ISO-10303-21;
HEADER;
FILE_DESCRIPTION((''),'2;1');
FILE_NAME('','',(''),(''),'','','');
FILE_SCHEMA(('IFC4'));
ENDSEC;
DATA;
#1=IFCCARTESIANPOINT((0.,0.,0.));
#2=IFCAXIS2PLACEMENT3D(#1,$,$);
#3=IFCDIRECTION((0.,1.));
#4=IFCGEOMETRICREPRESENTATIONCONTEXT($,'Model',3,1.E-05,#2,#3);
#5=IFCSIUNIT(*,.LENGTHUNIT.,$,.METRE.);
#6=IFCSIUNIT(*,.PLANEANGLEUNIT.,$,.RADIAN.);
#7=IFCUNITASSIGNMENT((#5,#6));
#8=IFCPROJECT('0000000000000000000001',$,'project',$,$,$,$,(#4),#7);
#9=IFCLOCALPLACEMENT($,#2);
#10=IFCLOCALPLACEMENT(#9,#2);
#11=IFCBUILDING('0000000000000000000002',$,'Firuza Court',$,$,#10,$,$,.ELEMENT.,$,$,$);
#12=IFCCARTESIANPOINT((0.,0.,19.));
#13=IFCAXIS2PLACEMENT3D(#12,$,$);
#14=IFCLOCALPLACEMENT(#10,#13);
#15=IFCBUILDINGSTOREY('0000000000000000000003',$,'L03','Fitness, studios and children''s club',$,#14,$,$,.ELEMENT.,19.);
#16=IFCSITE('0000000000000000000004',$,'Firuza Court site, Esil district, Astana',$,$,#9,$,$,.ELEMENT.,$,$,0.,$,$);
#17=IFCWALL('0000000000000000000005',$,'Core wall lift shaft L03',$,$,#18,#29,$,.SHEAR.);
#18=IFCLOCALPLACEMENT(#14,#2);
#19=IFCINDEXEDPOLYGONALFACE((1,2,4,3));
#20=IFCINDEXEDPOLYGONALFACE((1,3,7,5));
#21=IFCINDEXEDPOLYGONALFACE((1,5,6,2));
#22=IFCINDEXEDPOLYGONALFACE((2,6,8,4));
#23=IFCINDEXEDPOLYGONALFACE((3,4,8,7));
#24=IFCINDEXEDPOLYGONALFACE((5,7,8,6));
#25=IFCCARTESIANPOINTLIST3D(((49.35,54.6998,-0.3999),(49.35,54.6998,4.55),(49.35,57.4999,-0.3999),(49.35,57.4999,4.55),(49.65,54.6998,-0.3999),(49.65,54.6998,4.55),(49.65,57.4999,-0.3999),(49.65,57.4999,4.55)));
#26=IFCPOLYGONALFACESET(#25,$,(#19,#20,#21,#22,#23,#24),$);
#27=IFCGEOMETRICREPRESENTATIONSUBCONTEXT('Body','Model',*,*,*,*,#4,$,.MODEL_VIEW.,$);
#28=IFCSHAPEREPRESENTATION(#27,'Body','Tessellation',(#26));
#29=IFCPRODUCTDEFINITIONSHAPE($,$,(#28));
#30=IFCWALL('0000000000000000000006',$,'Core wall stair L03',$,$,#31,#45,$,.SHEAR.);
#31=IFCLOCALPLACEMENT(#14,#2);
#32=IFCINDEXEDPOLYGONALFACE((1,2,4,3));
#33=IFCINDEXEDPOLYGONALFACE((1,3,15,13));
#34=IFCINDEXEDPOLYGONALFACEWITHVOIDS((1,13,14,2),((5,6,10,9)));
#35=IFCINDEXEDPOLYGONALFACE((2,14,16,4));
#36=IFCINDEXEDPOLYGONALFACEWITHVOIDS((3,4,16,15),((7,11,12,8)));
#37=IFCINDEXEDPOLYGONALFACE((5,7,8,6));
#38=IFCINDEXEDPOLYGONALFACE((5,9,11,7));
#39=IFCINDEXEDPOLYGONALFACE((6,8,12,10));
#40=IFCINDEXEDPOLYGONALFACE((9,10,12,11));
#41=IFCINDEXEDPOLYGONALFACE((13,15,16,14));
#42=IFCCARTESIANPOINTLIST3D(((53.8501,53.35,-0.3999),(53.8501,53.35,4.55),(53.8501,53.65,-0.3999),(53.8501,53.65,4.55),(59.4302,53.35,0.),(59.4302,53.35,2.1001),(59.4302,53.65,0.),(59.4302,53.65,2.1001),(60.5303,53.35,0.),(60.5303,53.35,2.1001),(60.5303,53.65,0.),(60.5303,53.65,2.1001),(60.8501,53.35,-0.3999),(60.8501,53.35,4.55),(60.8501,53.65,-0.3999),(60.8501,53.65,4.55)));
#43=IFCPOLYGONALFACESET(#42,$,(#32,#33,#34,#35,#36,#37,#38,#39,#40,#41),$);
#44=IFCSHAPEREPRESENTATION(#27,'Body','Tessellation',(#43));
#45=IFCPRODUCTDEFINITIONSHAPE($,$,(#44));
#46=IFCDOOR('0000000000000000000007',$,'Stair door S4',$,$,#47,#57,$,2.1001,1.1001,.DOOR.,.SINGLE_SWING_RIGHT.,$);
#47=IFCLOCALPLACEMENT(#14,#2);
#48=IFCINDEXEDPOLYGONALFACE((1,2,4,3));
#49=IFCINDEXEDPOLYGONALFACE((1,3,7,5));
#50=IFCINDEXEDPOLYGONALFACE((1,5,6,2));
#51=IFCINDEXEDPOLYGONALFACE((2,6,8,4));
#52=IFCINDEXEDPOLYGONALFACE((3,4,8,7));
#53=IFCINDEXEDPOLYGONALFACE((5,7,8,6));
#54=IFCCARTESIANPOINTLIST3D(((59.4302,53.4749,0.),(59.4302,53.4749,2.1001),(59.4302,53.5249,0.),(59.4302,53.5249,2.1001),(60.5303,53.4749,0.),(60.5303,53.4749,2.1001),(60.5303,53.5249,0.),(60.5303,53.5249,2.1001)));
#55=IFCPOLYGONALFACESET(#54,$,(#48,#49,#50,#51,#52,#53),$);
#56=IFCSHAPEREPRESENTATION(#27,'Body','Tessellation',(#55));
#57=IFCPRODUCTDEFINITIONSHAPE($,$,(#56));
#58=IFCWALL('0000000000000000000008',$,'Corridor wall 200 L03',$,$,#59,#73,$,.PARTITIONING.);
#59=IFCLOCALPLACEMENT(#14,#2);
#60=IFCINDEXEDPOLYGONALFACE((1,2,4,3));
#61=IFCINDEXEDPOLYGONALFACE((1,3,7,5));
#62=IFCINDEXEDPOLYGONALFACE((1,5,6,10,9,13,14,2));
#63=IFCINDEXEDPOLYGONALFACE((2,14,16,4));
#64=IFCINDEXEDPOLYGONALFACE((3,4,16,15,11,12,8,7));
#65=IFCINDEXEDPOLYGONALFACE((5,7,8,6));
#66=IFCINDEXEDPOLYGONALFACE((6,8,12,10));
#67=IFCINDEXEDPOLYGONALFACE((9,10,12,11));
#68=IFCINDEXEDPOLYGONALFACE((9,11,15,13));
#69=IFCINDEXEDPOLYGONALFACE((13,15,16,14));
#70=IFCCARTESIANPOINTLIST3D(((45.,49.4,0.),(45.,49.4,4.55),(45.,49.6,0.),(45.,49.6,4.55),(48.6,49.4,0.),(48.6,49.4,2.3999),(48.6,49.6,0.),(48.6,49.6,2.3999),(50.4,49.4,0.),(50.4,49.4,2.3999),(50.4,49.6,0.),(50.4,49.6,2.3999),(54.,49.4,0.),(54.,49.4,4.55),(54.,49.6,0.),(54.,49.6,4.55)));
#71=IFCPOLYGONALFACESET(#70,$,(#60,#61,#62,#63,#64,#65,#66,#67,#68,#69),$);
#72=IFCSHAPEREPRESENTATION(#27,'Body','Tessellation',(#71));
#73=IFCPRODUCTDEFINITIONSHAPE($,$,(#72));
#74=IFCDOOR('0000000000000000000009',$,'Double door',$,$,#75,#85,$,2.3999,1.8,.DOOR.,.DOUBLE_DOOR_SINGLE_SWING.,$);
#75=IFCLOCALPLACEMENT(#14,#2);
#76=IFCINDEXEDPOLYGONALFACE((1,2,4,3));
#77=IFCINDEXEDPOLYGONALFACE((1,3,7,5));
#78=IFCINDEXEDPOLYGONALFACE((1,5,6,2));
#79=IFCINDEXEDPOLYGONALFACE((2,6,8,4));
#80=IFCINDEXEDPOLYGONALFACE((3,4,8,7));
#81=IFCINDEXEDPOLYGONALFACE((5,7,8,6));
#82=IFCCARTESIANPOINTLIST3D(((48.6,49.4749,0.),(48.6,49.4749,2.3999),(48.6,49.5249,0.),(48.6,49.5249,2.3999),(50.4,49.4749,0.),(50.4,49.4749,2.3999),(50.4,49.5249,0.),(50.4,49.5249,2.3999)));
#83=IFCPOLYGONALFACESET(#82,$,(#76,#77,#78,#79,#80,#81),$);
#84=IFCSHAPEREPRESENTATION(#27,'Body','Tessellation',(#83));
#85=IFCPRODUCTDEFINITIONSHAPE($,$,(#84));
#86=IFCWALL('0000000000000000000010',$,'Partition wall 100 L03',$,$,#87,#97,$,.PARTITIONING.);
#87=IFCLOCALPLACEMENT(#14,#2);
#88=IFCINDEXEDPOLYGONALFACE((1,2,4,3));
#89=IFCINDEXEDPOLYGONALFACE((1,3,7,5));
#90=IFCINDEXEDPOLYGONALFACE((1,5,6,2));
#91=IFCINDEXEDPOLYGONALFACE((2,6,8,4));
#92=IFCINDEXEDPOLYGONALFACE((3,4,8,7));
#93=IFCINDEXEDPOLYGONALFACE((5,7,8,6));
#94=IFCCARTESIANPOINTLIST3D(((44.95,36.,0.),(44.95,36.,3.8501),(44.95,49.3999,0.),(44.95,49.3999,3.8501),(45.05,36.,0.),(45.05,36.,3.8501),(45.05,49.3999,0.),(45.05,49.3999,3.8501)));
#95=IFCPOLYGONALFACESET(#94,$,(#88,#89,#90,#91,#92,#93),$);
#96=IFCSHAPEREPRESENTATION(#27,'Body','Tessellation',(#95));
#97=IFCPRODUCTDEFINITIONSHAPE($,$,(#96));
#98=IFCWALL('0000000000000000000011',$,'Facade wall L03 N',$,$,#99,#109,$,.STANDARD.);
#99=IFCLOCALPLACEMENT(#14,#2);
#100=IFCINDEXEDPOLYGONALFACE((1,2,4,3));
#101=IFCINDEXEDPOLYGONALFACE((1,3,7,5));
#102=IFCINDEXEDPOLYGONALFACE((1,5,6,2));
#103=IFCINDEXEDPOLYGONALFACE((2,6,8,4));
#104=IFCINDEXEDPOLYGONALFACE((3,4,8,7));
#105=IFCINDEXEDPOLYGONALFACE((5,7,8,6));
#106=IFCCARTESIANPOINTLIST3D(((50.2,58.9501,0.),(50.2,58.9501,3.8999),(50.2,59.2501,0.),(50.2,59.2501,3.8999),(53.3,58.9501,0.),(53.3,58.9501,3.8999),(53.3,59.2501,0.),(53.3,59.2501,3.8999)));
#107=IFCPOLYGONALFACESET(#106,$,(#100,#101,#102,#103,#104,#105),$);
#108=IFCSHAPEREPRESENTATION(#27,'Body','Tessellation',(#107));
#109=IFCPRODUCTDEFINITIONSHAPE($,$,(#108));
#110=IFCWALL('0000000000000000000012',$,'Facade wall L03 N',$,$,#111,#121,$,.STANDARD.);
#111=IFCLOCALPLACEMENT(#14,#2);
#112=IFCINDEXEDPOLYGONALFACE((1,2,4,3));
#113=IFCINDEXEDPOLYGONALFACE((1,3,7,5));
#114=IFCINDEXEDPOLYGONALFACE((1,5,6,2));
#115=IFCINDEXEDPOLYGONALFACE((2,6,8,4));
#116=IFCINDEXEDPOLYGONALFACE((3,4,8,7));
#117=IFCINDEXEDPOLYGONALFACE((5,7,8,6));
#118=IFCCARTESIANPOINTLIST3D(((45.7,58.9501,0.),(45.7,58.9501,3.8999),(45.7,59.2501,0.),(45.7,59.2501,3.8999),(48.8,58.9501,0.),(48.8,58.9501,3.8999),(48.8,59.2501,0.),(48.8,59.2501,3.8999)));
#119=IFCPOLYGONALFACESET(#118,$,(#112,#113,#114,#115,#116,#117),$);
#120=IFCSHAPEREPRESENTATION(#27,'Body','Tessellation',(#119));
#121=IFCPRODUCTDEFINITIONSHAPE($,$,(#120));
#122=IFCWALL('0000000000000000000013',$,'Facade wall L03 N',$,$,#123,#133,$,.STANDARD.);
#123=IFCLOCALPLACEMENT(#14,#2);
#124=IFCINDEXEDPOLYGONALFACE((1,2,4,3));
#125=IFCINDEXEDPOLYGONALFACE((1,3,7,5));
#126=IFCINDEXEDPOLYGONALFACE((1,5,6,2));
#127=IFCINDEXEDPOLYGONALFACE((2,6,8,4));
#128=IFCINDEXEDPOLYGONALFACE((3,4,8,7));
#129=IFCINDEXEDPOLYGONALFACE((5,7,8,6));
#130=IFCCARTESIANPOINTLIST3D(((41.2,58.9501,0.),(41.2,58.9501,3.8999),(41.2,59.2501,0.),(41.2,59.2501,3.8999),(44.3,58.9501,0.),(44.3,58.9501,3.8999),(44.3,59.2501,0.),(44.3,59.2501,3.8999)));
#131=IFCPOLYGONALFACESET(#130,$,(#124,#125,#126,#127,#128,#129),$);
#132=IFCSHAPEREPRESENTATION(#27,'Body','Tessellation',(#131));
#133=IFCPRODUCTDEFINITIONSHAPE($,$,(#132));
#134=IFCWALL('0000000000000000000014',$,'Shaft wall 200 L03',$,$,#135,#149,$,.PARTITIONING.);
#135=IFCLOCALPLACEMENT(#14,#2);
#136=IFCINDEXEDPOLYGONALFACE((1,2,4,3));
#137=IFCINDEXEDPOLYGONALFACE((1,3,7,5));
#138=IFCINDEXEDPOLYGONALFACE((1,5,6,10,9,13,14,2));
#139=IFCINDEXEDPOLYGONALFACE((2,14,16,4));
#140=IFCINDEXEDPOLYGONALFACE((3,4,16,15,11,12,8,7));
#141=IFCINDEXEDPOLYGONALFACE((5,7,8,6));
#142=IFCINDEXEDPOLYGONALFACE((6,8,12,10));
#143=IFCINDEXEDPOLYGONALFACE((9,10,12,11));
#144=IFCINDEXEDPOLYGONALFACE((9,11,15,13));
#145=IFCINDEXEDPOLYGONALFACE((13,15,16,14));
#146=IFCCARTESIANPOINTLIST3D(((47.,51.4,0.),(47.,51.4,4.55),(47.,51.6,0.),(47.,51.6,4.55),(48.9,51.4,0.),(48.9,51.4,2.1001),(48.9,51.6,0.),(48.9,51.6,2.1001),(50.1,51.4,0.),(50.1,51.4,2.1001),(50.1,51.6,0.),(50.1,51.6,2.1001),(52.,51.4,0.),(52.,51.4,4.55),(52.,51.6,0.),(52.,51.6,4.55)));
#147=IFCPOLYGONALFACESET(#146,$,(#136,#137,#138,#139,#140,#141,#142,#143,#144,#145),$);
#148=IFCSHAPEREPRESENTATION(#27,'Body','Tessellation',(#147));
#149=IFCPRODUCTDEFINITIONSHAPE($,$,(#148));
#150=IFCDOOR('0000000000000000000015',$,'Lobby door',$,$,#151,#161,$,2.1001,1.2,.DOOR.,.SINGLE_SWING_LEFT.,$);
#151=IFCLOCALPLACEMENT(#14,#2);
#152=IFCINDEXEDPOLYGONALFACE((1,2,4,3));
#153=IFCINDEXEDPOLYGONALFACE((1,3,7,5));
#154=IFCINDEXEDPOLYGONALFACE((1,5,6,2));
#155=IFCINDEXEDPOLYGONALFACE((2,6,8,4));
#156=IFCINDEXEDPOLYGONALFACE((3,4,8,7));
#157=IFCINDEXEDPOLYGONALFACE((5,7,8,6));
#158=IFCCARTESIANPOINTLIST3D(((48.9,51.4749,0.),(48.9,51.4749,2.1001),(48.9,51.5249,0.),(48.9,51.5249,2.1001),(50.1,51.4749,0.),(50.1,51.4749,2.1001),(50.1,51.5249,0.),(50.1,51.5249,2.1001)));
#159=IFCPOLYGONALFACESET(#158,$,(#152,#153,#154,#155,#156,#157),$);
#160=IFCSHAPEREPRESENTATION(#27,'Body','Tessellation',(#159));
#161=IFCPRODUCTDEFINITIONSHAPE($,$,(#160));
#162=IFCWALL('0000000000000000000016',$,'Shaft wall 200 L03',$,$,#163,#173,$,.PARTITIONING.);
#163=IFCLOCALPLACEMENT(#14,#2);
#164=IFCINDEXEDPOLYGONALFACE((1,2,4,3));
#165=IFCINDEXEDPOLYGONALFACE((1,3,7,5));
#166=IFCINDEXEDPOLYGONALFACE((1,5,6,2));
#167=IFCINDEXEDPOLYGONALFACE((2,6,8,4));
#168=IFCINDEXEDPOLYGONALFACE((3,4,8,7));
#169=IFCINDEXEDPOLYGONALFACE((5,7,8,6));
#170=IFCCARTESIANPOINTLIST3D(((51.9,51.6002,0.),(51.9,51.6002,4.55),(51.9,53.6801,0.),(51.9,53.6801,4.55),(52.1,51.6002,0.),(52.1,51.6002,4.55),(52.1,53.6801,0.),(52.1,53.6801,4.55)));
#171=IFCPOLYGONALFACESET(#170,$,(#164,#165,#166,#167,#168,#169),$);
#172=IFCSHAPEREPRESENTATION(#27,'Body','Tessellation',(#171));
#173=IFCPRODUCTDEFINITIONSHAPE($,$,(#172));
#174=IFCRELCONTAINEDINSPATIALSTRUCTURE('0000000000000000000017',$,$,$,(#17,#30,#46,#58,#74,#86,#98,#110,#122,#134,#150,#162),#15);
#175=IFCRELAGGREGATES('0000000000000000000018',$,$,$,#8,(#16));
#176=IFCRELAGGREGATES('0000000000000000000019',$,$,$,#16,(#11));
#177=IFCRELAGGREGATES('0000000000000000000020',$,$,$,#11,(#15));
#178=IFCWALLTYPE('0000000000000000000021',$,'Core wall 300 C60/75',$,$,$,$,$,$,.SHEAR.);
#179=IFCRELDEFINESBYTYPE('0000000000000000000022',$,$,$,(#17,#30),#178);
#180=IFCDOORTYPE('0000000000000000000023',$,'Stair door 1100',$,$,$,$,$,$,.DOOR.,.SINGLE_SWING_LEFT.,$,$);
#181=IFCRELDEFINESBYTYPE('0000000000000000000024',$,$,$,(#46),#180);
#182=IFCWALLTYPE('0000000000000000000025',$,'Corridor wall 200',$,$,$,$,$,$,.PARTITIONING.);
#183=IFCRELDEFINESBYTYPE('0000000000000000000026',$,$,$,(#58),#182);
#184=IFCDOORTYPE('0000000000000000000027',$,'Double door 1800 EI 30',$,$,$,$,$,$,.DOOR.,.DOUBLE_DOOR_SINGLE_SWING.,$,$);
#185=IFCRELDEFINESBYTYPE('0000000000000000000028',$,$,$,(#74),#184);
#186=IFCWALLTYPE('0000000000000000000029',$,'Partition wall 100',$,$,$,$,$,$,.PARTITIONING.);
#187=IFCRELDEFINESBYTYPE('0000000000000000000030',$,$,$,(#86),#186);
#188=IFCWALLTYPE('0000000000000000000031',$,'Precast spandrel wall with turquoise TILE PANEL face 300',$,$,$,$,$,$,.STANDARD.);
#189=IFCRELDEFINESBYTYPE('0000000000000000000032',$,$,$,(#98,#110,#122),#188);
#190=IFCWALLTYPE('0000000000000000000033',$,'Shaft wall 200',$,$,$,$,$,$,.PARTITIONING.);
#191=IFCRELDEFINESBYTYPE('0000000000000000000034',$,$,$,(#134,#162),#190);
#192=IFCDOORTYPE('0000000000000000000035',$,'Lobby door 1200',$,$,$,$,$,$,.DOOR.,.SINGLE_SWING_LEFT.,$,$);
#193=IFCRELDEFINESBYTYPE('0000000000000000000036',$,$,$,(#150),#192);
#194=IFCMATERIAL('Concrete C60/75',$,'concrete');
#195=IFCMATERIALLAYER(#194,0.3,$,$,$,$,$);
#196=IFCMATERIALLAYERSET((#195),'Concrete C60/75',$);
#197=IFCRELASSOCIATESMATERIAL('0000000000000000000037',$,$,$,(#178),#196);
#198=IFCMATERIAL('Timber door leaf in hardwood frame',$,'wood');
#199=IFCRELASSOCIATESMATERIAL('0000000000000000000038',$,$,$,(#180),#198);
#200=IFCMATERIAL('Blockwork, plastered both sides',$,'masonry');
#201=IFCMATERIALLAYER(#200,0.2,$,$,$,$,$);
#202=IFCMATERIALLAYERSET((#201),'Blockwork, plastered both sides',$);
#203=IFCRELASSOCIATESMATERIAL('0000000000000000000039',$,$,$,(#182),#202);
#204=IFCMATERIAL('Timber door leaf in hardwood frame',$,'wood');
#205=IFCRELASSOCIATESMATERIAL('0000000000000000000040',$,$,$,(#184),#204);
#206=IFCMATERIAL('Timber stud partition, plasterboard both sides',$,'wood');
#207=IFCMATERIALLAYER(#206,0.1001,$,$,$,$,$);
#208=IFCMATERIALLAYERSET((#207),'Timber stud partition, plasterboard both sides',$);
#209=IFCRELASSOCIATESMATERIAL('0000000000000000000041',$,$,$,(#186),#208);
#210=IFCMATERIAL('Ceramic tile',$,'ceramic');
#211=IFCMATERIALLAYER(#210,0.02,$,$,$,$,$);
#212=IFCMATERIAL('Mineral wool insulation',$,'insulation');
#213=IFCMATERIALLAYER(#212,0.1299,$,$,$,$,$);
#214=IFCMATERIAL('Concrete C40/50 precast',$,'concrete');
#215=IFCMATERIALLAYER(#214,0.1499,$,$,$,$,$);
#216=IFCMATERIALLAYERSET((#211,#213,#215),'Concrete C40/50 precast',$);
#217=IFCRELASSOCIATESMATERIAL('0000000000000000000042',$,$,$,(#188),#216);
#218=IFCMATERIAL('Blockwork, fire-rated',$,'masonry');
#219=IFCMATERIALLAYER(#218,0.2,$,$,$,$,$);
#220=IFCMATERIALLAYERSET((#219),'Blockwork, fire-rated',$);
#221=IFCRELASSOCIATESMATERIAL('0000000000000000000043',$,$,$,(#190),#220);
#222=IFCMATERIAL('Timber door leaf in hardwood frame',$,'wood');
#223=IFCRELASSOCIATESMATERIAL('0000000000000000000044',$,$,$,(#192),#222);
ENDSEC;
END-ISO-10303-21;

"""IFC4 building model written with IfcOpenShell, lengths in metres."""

from ifc_helpers import new_model, si_unit, direction, frame, frame_2d, origin, place, context, subcontext, project, spatial, rectangle, extrude, material, layer, layer_set, type_object, element, fill, save


model = new_model("IFC4")

# Units and contexts
model_context = context("Model", 3, precision=1e-05, world=origin(), true_north=direction((0.0, 1.0)))
body_context = subcontext(model_context, "Body", "Model", "MODEL_VIEW")
ifc_project = project(units=[si_unit("LENGTHUNIT", "METRE"), si_unit("PLANEANGLEUNIT", "RADIAN")], contexts=[model_context])

# Site, building, storey
site_placement = place(None, origin())
site = spatial("IfcSite", under=ifc_project, at=site_placement, Name="Firuza Court site, Esil district, Astana", CompositionType="ELEMENT", RefElevation=0.0)
building_placement = place(site_placement, origin())
building = spatial("IfcBuilding", under=site, at=building_placement, Name="Firuza Court", CompositionType="ELEMENT")
storey_placement = place(building_placement, frame((0.0, 0.0, 19.0)))
storey = spatial("IfcBuildingStorey", under=building, at=storey_placement, Name="L03", Description="Fitness, studios and children's club", CompositionType="ELEMENT", Elevation=19.0)

# Shared definitions
ifc_material_1 = material(Name="Concrete C60/75", Category="concrete")
ifc_layer_1 = layer(ifc_material_1, 0.3)
ifc_layer_set_1 = layer_set([ifc_layer_1], Name="Concrete C60/75")
wall_type_1 = type_object("IfcWallType", Name="Core wall 300 C60/75", PredefinedType="SHEAR", material=ifc_layer_set_1)

# Wall
wall_1_placement = place(storey_placement, frame((49.5, 54.7, -0.3999), z_axis=(0.0, 0.0, 1.0), x_axis=(0.0, 1.0, 0.0)))
element("IfcWall", 1, at=wall_1_placement, inside=storey, type_object=wall_type_1, Name="Core wall lift shaft L03", PredefinedType="SHEAR", context=body_context, shape_type="SweptSolid", body=[
    extrude(rectangle(XDim=2.8, YDim=0.3, at=frame_2d((1.3999, 0.0))), origin(), (0.0, 0.0, 1.0), 4.95),
])

# Walls, openings, doors
wall_2_placement = place(storey_placement, frame((53.8501, 53.5, -0.3999), z_axis=(0.0, 0.0, 1.0), x_axis=(1.0, 0.0, 0.0)))
wall_2 = element("IfcWall", 2, at=wall_2_placement, inside=storey, type_object=wall_type_1, Name="Core wall stair L03", PredefinedType="SHEAR", context=body_context, shape_type="SweptSolid", body=[
    extrude(rectangle(XDim=7.0, YDim=0.3, at=frame_2d((3.5, 0.0))), origin(), (0.0, 0.0, 1.0), 4.95),
])
opening_1_placement = place(wall_2_placement, frame((5.5801, 0.0, 0.3999)))
opening_1 = element("IfcOpeningElement", 3, at=opening_1_placement, cuts=wall_2, PredefinedType="OPENING", context=body_context, shape_type="SweptSolid", body=[
    extrude(rectangle(XDim=1.1001, YDim=2.1001, at=frame_2d((0.55, 1.05))), frame((0.0, 0.1621, 0.0), z_axis=(0.0, -1.0, 0.0), x_axis=(1.0, 0.0, 0.0)), (0.0, 0.0, 1.0), 0.324),
])
ifc_material_2 = material(Name="Timber door leaf in hardwood frame", Category="wood")
door_type_1 = type_object("IfcDoorType", Name="Stair door 1100", OperationType="SINGLE_SWING_LEFT", PredefinedType="DOOR", material=ifc_material_2)
door_1_placement = place(opening_1_placement, origin())
door_1 = element("IfcDoor", 4, at=door_1_placement, inside=storey, type_object=door_type_1, Name="Stair door S4", OperationType="SINGLE_SWING_RIGHT", OverallHeight=2.1001, OverallWidth=1.1001, PredefinedType="DOOR", context=body_context, shape_type="SweptSolid", body=[
    extrude(rectangle(XDim=1.1001, YDim=2.1001, at=frame_2d((0.55, 1.05))), frame((0.0, 0.0249, 0.0), z_axis=(0.0, -1.0, 0.0), x_axis=(1.0, 0.0, 0.0)), (0.0, 0.0, 1.0), 0.05),
])
fill(opening_1, door_1)
ifc_material_3 = material(Name="Blockwork, plastered both sides", Category="masonry")
ifc_layer_2 = layer(ifc_material_3, 0.2)
ifc_layer_set_2 = layer_set([ifc_layer_2], Name="Blockwork, plastered both sides")
wall_type_2 = type_object("IfcWallType", Name="Corridor wall 200", PredefinedType="PARTITIONING", material=ifc_layer_set_2)
wall_3_placement = place(storey_placement, frame((45.0, 49.5, 0.0), z_axis=(0.0, 0.0, 1.0), x_axis=(1.0, 0.0, 0.0)))
wall_3 = element("IfcWall", 5, at=wall_3_placement, inside=storey, type_object=wall_type_2, Name="Corridor wall 200 L03", PredefinedType="PARTITIONING", context=body_context, shape_type="SweptSolid", body=[
    extrude(rectangle(XDim=9.0, YDim=0.2, at=frame_2d((4.5, 0.0))), origin(), (0.0, 0.0, 1.0), 4.55),
])
opening_2_placement = place(wall_3_placement, frame((3.6001, 0.0, 0.0)))
opening_2 = element("IfcOpeningElement", 6, at=opening_2_placement, cuts=wall_3, PredefinedType="OPENING", context=body_context, shape_type="SweptSolid", body=[
    extrude(rectangle(XDim=1.8, YDim=2.3999, at=frame_2d((0.8999, 1.2))), frame((0.0, 0.1118, 0.0), z_axis=(0.0, -1.0, 0.0), x_axis=(1.0, 0.0, 0.0)), (0.0, 0.0, 1.0), 0.2239),
])
ifc_material_4 = material(Name="Timber door leaf in hardwood frame", Category="wood")
door_type_2 = type_object("IfcDoorType", Name="Double door 1800 EI 30", OperationType="DOUBLE_DOOR_SINGLE_SWING", PredefinedType="DOOR", material=ifc_material_4)
door_2_placement = place(opening_2_placement, origin())
door_2 = element("IfcDoor", 7, at=door_2_placement, inside=storey, type_object=door_type_2, Name="Double door", OperationType="DOUBLE_DOOR_SINGLE_SWING", OverallHeight=2.3999, OverallWidth=1.8, PredefinedType="DOOR", context=body_context, shape_type="SweptSolid", body=[
    extrude(rectangle(XDim=1.8, YDim=2.3999, at=frame_2d((0.8999, 1.2))), frame((0.0, 0.0249, 0.0), z_axis=(0.0, -1.0, 0.0), x_axis=(1.0, 0.0, 0.0)), (0.0, 0.0, 1.0), 0.05),
])
fill(opening_2, door_2)

# Walls
ifc_material_5 = material(Name="Timber stud partition, plasterboard both sides", Category="wood")
ifc_layer_3 = layer(ifc_material_5, 0.1001)
ifc_layer_set_3 = layer_set([ifc_layer_3], Name="Timber stud partition, plasterboard both sides")
wall_type_3 = type_object("IfcWallType", Name="Partition wall 100", PredefinedType="PARTITIONING", material=ifc_layer_set_3)
wall_4_placement = place(storey_placement, frame((45.0, 49.3999, 0.0), z_axis=(0.0, 0.0, 1.0), x_axis=(0.0, -1.0, 0.0)))
element("IfcWall", 8, at=wall_4_placement, inside=storey, type_object=wall_type_3, Name="Partition wall 100 L03", PredefinedType="PARTITIONING", context=body_context, shape_type="SweptSolid", body=[
    extrude(rectangle(XDim=13.3999, YDim=0.1001, at=frame_2d((6.7, 0.0))), origin(), (0.0, 0.0, 1.0), 3.8501),
])
ifc_material_6 = material(Name="Ceramic tile", Category="ceramic")
ifc_layer_4 = layer(ifc_material_6, 0.02)
ifc_material_7 = material(Name="Mineral wool insulation", Category="insulation")
ifc_layer_5 = layer(ifc_material_7, 0.1299)
ifc_material_8 = material(Name="Concrete C40/50 precast", Category="concrete")
ifc_layer_6 = layer(ifc_material_8, 0.1499)
ifc_layer_set_4 = layer_set([ifc_layer_4, ifc_layer_5, ifc_layer_6], Name="Concrete C40/50 precast")
wall_type_4 = type_object("IfcWallType", Name="Precast spandrel wall with turquoise TILE PANEL face 300", PredefinedType="STANDARD", material=ifc_layer_set_4)
for number, where, z_axis, x_axis, name in (
    (9, (53.3, 59.1001, 0.0), (0.0, 0.0, 1.0), (-1.0, 0.0, 0.0), "Facade wall L03 N"),
    (10, (48.8, 59.1001, 0.0), (0.0, 0.0, 1.0), (-1.0, 0.0, 0.0), "Facade wall L03 N"),
    (11, (44.3, 59.1001, 0.0), (0.0, 0.0, 1.0), (-1.0, 0.0, 0.0), "Facade wall L03 N"),
):
    element("IfcWall", number, at=place(storey_placement, frame(where, z_axis=z_axis, x_axis=x_axis)), inside=storey, type_object=wall_type_4, Name=name, PredefinedType="STANDARD", context=body_context, shape_type="SweptSolid", body=[
        extrude(rectangle(XDim=3.1001, YDim=0.3, at=frame_2d((1.55, 0.0))), origin(), (0.0, 0.0, 1.0), 3.8999),
    ])

# Wall, opening, door
ifc_material_9 = material(Name="Blockwork, fire-rated", Category="masonry")
ifc_layer_7 = layer(ifc_material_9, 0.2)
ifc_layer_set_5 = layer_set([ifc_layer_7], Name="Blockwork, fire-rated")
wall_type_5 = type_object("IfcWallType", Name="Shaft wall 200", PredefinedType="PARTITIONING", material=ifc_layer_set_5)
wall_5_placement = place(storey_placement, frame((47.0, 51.5, 0.0), z_axis=(0.0, 0.0, 1.0), x_axis=(1.0, 0.0, 0.0)))
wall_5 = element("IfcWall", 12, at=wall_5_placement, inside=storey, type_object=wall_type_5, Name="Shaft wall 200 L03", PredefinedType="PARTITIONING", context=body_context, shape_type="SweptSolid", body=[
    extrude(rectangle(XDim=5.0, YDim=0.2, at=frame_2d((2.5, 0.0))), origin(), (0.0, 0.0, 1.0), 4.55),
])
opening_3_placement = place(wall_5_placement, frame((1.8999, 0.0, 0.0)))
opening_3 = element("IfcOpeningElement", 13, at=opening_3_placement, cuts=wall_5, PredefinedType="OPENING", context=body_context, shape_type="SweptSolid", body=[
    extrude(rectangle(XDim=1.2, YDim=2.1001, at=frame_2d((0.6001, 1.05))), frame((0.0, 0.1118, 0.0), z_axis=(0.0, -1.0, 0.0), x_axis=(1.0, 0.0, 0.0)), (0.0, 0.0, 1.0), 0.2239),
])
ifc_material_10 = material(Name="Timber door leaf in hardwood frame", Category="wood")
door_type_3 = type_object("IfcDoorType", Name="Lobby door 1200", OperationType="SINGLE_SWING_LEFT", PredefinedType="DOOR", material=ifc_material_10)
door_3_placement = place(opening_3_placement, origin())
door_3 = element("IfcDoor", 14, at=door_3_placement, inside=storey, type_object=door_type_3, Name="Lobby door", OperationType="SINGLE_SWING_LEFT", OverallHeight=2.1001, OverallWidth=1.2, PredefinedType="DOOR", context=body_context, shape_type="SweptSolid", body=[
    extrude(rectangle(XDim=1.2, YDim=2.1001, at=frame_2d((0.6001, 1.05))), frame((0.0, 0.0249, 0.0), z_axis=(0.0, -1.0, 0.0), x_axis=(1.0, 0.0, 0.0)), (0.0, 0.0, 1.0), 0.05),
])
fill(opening_3, door_3)

# Wall
for number, where, z_axis, x_axis, name in (
    (15, (52.0, 51.6001, 0.0), (0.0, 0.0, 1.0), (0.0, 1.0, 0.0), "Shaft wall 200 L03"),
):
    element("IfcWall", number, at=place(storey_placement, frame(where, z_axis=z_axis, x_axis=x_axis)), inside=storey, type_object=wall_type_5, Name=name, PredefinedType="PARTITIONING", context=body_context, shape_type="SweptSolid", body=[
        extrude(rectangle(XDim=2.0798, YDim=0.2, at=frame_2d((1.04, 0.0))), origin(), (0.0, 0.0, 1.0), 4.55),
    ])

save(model, "model.ifc")
